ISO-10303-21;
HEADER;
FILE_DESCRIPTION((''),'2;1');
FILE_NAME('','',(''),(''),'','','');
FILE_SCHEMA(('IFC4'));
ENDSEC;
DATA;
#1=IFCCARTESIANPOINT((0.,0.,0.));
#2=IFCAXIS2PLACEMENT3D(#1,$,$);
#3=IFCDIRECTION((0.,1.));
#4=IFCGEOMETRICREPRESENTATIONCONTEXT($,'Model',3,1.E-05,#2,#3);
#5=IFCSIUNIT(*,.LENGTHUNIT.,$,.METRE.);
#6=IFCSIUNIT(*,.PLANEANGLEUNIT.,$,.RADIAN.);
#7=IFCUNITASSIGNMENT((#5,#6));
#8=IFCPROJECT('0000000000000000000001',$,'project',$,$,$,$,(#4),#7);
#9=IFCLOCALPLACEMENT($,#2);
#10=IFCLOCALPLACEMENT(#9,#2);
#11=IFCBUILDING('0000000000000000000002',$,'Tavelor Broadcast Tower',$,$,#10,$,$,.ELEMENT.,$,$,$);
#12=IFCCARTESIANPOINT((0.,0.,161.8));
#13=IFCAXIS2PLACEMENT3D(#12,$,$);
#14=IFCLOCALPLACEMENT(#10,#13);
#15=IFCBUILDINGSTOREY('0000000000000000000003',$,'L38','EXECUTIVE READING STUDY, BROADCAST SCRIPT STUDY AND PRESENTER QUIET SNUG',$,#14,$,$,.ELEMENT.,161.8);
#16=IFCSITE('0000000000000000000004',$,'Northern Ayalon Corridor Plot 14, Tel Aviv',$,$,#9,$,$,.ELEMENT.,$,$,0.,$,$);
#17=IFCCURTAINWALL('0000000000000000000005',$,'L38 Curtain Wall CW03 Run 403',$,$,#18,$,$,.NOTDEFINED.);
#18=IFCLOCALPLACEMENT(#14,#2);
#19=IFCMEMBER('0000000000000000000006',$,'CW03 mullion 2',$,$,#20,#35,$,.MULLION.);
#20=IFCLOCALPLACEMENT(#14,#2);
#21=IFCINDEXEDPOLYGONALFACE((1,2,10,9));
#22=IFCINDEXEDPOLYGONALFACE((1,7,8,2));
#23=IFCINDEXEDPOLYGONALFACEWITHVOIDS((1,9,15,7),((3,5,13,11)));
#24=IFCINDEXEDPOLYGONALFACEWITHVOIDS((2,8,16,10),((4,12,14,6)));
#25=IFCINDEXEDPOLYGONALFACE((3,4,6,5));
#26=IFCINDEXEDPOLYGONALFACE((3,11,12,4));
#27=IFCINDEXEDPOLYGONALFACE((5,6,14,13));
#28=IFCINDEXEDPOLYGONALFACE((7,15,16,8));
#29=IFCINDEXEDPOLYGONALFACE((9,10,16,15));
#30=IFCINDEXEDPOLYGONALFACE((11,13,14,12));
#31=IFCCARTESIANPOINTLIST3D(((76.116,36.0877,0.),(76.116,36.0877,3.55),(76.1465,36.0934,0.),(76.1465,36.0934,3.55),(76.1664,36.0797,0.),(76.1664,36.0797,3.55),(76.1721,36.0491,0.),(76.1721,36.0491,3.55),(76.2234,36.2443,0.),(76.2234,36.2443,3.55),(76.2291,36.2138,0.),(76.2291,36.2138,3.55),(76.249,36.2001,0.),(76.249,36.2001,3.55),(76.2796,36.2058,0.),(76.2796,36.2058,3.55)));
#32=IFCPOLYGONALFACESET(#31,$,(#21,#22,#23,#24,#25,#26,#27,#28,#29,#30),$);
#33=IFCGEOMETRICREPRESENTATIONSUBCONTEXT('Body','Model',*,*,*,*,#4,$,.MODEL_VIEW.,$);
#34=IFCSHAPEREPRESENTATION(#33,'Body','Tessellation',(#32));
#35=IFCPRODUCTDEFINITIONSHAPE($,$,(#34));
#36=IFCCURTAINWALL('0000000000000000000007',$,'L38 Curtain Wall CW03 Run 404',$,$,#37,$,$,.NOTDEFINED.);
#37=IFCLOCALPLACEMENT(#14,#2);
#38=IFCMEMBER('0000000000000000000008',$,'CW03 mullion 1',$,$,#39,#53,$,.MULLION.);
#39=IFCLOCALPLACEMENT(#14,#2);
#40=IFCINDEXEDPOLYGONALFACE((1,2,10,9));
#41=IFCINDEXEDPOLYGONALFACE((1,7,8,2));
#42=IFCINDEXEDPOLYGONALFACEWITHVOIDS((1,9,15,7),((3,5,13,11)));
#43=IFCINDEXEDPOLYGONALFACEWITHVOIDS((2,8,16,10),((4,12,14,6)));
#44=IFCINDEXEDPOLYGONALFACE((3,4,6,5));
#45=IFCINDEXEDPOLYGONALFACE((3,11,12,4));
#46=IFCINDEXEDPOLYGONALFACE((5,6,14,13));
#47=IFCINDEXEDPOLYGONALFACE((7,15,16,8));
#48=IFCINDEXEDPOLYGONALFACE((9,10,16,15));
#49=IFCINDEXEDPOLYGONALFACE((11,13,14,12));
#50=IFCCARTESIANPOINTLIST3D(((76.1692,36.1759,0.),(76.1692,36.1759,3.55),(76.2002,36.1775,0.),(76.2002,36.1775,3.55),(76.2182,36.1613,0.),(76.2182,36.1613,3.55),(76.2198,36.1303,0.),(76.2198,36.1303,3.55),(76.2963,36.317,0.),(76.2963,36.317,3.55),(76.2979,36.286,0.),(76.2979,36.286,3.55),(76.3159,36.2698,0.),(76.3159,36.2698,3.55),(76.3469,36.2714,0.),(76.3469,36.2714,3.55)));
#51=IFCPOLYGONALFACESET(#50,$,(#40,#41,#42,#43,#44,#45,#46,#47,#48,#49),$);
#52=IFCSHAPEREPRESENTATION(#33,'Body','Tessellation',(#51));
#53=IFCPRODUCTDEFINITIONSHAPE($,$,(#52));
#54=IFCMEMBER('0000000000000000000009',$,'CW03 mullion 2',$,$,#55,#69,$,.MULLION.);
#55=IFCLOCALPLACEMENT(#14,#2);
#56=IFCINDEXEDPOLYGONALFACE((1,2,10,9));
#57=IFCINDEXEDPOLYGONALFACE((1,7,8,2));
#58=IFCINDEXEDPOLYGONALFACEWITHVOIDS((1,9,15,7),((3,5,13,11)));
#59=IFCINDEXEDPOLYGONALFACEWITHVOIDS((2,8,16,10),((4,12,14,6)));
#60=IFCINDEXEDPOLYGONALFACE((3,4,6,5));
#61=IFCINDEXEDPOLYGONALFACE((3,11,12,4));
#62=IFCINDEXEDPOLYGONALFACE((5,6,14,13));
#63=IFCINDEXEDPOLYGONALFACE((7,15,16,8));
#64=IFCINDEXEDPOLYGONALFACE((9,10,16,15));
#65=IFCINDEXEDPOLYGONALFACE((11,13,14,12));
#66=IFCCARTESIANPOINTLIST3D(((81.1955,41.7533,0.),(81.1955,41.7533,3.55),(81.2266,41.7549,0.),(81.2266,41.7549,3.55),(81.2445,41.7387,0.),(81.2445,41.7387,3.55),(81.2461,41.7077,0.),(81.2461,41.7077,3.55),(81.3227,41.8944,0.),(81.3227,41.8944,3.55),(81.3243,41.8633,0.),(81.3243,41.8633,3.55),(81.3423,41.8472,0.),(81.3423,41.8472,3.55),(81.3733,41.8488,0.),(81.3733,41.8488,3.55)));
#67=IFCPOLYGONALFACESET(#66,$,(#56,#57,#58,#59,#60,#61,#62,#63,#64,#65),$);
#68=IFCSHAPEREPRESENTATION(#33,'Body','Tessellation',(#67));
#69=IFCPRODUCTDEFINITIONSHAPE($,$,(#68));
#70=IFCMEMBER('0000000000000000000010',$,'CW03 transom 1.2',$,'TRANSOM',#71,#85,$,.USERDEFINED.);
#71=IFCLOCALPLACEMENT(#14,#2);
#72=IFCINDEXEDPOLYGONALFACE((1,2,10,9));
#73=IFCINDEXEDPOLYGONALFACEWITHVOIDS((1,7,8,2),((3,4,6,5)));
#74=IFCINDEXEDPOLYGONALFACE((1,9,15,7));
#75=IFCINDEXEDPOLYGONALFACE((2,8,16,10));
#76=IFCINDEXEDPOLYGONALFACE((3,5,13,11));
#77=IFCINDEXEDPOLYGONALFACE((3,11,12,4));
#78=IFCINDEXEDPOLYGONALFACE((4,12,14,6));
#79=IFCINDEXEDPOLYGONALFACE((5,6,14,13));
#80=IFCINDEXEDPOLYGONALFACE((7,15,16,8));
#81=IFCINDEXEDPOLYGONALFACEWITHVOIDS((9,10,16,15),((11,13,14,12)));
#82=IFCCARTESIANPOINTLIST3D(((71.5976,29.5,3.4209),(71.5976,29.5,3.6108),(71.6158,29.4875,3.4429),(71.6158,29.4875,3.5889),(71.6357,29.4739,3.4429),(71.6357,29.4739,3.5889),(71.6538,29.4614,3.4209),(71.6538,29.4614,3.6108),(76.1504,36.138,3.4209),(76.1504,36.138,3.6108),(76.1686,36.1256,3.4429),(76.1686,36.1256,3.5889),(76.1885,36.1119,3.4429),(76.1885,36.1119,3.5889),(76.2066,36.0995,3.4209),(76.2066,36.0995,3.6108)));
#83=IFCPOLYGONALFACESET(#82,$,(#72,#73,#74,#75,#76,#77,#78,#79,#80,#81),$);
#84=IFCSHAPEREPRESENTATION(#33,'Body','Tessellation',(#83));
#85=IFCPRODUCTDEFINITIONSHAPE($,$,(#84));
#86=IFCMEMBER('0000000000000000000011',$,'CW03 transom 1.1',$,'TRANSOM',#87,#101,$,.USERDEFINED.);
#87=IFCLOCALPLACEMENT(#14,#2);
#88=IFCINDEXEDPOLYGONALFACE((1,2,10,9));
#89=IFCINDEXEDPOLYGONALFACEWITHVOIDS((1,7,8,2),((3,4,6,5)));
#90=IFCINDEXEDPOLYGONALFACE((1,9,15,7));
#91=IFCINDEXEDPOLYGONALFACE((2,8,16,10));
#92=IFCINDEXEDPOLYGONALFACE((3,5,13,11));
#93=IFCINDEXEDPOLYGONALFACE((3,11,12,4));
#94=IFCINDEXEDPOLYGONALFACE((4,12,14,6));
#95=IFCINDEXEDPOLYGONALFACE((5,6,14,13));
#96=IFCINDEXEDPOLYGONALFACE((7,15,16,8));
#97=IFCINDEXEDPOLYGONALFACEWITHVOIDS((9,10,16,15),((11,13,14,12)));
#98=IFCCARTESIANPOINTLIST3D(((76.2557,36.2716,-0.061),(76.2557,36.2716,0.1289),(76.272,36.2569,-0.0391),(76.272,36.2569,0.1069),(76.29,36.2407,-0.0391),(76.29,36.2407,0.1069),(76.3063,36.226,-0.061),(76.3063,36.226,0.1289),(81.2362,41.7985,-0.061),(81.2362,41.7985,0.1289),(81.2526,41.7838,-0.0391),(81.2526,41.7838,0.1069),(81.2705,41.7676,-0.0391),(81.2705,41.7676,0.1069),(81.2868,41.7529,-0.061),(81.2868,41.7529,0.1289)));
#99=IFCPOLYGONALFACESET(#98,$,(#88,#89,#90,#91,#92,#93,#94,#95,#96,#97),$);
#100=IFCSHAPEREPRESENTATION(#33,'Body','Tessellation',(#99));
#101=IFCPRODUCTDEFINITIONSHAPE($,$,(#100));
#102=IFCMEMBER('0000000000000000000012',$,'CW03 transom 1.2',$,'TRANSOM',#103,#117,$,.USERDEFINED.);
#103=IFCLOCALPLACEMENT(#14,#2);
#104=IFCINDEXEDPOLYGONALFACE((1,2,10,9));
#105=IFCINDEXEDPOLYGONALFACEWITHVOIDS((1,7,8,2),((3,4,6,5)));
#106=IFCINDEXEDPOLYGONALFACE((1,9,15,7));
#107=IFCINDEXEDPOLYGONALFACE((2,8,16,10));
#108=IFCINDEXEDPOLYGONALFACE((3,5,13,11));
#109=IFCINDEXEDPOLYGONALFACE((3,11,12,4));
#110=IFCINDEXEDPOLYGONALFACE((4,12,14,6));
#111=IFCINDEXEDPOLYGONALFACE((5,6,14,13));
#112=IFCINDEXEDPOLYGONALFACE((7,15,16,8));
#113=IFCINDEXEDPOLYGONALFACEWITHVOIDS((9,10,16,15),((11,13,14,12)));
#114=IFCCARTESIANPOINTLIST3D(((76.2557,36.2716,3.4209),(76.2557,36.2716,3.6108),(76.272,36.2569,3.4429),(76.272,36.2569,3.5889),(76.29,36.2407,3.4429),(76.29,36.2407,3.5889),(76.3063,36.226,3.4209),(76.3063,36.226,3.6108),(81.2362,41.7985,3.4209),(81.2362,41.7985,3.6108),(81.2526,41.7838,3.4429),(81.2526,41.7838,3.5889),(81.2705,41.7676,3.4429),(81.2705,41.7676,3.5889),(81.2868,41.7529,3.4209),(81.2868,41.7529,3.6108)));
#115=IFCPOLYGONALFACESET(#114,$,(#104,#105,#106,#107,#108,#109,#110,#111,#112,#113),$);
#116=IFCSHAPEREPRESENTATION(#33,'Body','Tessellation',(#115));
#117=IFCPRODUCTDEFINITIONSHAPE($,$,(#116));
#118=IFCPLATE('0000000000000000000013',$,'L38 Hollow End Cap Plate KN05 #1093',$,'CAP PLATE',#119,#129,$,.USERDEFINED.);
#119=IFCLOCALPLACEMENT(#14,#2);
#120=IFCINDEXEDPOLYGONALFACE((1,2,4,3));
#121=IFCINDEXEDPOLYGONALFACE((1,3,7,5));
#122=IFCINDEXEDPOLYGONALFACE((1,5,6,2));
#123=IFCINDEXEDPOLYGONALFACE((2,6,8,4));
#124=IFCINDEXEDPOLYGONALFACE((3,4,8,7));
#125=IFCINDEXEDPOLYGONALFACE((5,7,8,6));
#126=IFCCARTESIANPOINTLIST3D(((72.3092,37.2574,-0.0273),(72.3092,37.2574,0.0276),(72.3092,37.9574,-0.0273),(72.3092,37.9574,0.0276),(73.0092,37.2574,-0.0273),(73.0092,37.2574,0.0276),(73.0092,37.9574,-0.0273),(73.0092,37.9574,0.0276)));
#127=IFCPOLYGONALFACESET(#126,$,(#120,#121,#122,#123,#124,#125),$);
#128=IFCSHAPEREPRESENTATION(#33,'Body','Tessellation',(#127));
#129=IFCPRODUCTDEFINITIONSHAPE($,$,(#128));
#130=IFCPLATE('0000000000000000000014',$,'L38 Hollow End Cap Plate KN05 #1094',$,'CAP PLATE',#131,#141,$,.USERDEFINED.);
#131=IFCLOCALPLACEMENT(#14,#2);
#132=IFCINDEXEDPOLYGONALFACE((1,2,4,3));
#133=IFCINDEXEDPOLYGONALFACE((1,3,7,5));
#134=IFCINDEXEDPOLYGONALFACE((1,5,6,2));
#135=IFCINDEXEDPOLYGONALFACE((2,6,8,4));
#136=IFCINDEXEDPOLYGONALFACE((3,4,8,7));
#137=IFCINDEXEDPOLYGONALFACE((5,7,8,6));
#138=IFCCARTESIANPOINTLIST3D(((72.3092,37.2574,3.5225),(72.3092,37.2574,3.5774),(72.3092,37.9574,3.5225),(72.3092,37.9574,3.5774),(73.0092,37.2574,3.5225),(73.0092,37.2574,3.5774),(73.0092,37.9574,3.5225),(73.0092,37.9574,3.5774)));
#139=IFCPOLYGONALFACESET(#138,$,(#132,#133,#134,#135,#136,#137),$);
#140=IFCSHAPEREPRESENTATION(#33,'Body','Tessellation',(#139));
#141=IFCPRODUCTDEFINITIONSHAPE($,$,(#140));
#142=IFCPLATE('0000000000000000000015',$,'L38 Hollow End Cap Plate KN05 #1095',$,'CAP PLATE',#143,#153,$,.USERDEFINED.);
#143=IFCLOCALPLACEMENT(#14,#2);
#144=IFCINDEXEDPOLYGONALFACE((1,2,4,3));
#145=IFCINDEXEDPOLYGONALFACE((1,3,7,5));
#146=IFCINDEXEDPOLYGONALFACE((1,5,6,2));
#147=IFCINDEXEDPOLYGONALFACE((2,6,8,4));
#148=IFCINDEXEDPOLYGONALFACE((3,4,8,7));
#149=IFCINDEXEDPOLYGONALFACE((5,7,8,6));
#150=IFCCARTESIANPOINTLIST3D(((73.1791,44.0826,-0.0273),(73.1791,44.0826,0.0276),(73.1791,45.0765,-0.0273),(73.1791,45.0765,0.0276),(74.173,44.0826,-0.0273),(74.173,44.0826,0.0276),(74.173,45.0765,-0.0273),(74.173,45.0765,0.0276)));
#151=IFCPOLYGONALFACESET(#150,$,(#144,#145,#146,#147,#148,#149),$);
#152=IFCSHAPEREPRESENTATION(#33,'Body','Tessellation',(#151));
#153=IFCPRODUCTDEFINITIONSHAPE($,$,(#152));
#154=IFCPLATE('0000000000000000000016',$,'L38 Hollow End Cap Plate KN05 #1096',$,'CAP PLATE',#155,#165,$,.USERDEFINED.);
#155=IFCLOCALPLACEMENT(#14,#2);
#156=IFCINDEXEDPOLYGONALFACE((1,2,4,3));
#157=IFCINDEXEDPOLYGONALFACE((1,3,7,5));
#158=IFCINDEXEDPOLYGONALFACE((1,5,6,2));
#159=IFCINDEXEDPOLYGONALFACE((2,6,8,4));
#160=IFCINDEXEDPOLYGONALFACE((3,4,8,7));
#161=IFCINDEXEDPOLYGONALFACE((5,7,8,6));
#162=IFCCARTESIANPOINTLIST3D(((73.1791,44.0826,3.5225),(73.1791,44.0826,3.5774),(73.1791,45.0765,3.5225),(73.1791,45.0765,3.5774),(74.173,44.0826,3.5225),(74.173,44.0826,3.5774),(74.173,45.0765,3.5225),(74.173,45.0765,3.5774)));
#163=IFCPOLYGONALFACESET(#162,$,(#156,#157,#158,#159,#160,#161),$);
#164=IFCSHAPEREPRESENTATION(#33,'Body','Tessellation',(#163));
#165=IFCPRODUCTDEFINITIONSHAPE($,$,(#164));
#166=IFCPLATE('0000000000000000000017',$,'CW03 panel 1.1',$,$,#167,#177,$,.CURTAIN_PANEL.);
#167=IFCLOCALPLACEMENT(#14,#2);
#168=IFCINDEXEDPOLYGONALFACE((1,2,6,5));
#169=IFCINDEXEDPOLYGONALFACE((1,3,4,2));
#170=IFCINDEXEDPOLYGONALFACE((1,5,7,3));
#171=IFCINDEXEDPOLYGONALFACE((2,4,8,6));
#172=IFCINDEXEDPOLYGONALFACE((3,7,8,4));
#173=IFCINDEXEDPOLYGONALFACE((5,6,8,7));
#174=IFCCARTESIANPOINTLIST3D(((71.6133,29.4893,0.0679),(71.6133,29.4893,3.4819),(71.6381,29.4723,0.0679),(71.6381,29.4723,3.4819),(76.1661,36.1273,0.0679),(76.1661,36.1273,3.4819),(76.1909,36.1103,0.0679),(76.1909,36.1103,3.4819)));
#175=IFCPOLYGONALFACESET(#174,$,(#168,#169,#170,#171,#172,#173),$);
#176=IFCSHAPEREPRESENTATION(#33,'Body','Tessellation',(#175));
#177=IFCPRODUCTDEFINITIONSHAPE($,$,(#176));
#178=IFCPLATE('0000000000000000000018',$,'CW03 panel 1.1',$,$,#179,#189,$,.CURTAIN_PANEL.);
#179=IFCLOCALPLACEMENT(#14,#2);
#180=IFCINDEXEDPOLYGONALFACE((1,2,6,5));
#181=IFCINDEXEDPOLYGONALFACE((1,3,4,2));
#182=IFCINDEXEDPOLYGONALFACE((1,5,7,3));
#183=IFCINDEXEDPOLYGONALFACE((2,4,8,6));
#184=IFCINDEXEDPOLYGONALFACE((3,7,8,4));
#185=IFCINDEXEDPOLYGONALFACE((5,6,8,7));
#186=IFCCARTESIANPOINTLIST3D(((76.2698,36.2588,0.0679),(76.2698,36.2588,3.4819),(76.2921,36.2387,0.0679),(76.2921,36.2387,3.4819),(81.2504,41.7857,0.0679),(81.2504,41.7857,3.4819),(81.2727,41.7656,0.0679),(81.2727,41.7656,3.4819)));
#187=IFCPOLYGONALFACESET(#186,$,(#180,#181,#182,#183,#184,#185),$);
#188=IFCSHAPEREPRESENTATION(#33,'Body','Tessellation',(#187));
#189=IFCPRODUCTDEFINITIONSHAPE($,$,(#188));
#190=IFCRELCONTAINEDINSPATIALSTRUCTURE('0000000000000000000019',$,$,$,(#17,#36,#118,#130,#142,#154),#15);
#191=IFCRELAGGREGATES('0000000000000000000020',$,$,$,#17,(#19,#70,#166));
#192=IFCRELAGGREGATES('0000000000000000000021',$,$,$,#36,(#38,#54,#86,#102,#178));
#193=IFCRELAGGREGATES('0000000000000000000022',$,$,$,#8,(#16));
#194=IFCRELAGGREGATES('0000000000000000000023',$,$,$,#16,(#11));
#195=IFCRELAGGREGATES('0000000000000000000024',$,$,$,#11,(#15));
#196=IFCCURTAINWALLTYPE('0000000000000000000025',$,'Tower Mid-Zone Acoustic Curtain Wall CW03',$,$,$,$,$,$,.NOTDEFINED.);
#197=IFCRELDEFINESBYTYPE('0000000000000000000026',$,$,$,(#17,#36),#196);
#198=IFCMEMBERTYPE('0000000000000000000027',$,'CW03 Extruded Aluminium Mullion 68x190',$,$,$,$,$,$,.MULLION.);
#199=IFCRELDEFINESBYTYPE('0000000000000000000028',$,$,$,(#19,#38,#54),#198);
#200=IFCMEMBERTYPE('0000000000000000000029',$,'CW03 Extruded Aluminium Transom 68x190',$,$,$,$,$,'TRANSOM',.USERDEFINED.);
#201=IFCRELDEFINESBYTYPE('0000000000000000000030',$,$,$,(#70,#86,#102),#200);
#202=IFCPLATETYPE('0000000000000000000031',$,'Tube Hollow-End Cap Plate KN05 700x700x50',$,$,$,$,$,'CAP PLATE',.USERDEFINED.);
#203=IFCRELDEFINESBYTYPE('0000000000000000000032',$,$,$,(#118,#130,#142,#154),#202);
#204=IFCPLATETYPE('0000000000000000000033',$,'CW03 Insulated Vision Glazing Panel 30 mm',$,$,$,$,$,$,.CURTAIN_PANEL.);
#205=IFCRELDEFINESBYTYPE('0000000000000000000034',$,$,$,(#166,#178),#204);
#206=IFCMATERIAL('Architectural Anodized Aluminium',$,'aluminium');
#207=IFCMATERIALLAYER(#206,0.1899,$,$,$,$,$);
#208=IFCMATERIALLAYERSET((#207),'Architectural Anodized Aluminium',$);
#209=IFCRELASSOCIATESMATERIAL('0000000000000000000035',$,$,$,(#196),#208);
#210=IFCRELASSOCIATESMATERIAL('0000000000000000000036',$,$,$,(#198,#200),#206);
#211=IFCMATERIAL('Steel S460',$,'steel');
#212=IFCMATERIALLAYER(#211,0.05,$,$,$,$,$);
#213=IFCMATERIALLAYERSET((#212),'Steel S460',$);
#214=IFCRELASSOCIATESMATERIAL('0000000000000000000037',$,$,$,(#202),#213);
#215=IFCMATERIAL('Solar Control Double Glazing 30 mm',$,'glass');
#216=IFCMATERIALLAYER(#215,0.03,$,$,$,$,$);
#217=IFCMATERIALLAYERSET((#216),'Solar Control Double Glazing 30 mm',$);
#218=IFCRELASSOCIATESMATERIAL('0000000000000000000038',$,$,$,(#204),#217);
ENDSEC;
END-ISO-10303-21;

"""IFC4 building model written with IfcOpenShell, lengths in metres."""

from ifc_helpers import new_model, si_unit, direction, frame, origin, origin_2d, place, context, subcontext, project, spatial, rectangle, hollow_rectangle, extrude, source, transform, mapped, material, layer, layer_set, material_profile, profile_set, type_object, type_shapes, element, aggregate, save


model = new_model("IFC4")

# Units and contexts
model_context = context("Model", 3, precision=1e-05, world=origin(), true_north=direction((0.0, 1.0)))
body_context = subcontext(model_context, "Body", "Model", "MODEL_VIEW")
ifc_project = project(units=[si_unit("LENGTHUNIT", "METRE"), si_unit("PLANEANGLEUNIT", "RADIAN")], contexts=[model_context])

# Site, building, storey
site_placement = place(None, origin())
site = spatial("IfcSite", under=ifc_project, at=site_placement, Name="Northern Ayalon Corridor Plot 14, Tel Aviv", CompositionType="ELEMENT", RefElevation=0.0)
building_placement = place(site_placement, origin())
building = spatial("IfcBuilding", under=site, at=building_placement, Name="Tavelor Broadcast Tower", CompositionType="ELEMENT")
storey_placement = place(building_placement, frame((0.0, 0.0, 161.8)))
storey = spatial("IfcBuildingStorey", under=building, at=storey_placement, Name="L38", Description="EXECUTIVE READING STUDY, BROADCAST SCRIPT STUDY AND PRESENTER QUIET SNUG", CompositionType="ELEMENT", Elevation=161.8)

# Shared definitions
ifc_material_1 = material(Name="Steel S460", Category="steel")

# Curtain wall, member
ifc_material_2 = material(Name="Architectural Anodized Aluminium", Category="aluminium")
ifc_layer_1 = layer(ifc_material_2, 0.1899)
ifc_layer_set_1 = layer_set([ifc_layer_1], Name="Architectural Anodized Aluminium")
curtain_wall_type = type_object("IfcCurtainWallType", Name="Tower Mid-Zone Acoustic Curtain Wall CW03", PredefinedType="NOTDEFINED", material=ifc_layer_set_1)
curtain_wall_1_placement = place(storey_placement, origin())
curtain_wall_1 = element("IfcCurtainWall", 1, at=curtain_wall_1_placement, inside=storey, type_object=curtain_wall_type, Name="L38 Curtain Wall CW03 Run 403", PredefinedType="NOTDEFINED")
ifc_material_profile_1 = material_profile(ifc_material_2, hollow_rectangle(XDim=0.0681, YDim=0.1899, WallThickness=0.022, at=origin_2d()), Name="RHS 68x190x22")
ifc_profile_set_1 = profile_set([ifc_material_profile_1], Name="Architectural Anodized Aluminium")
member_type_1 = type_object("IfcMemberType", Name="CW03 Extruded Aluminium Mullion 68x190", PredefinedType="MULLION", material=ifc_profile_set_1)
shared_shape_1 = source(origin(), body_context, "Body", "SweptSolid", [
    extrude(hollow_rectangle(XDim=0.0681, YDim=0.1899, WallThickness=0.022, at=origin_2d()), origin(), (0.0, 0.0, 1.0), 3.55),
])
type_shapes(member_type_1, [shared_shape_1])
member_1_placement = place(storey_placement, frame((76.1978, 36.1467, 0.0), z_axis=(0.0, 0.0, 1.0), x_axis=(-0.824668, 0.565616, 0.0)))
member_1 = element("IfcMember", 2, at=member_1_placement, type_object=member_type_1, Name="CW03 mullion 2", PredefinedType="MULLION", context=body_context, shape_type="MappedRepresentation", body=[
    mapped(shared_shape_1, transform((0.0, 0.0, 0.0), scale=1.0)),
])

# Curtain wall, members
curtain_wall_2_placement = place(storey_placement, origin())
curtain_wall_2 = element("IfcCurtainWall", 3, at=curtain_wall_2_placement, inside=storey, type_object=curtain_wall_type, Name="L38 Curtain Wall CW03 Run 404", PredefinedType="NOTDEFINED")
member_2_placement = place(storey_placement, frame((76.2581, 36.2236, 0.0), z_axis=(0.0, 0.0, 1.0), x_axis=(-0.742861, 0.669445, 0.0)))
member_2 = element("IfcMember", 4, at=member_2_placement, type_object=member_type_1, Name="CW03 mullion 1", PredefinedType="MULLION", context=body_context, shape_type="MappedRepresentation", body=[
    mapped(shared_shape_1, transform((0.0, 0.0, 0.0), scale=1.0)),
])
member_3_placement = place(storey_placement, frame((81.2844, 41.801, 0.0), z_axis=(0.0, 0.0, 1.0), x_axis=(-0.742861, 0.669445, 0.0)))
member_3 = element("IfcMember", 5, at=member_3_placement, type_object=member_type_1, Name="CW03 mullion 2", PredefinedType="MULLION", context=body_context, shape_type="MappedRepresentation", body=[
    mapped(shared_shape_1, transform((0.0, 0.0, 0.0), scale=1.0)),
])

# Members
ifc_material_profile_2 = material_profile(ifc_material_2, hollow_rectangle(XDim=0.0681, YDim=0.1899, WallThickness=0.022, at=origin_2d()), Name="RHS 68x190x22")
ifc_profile_set_2 = profile_set([ifc_material_profile_2], Name="Architectural Anodized Aluminium")
member_type_2 = type_object("IfcMemberType", Name="CW03 Extruded Aluminium Transom 68x190", ElementType="TRANSOM", PredefinedType="USERDEFINED", material=ifc_profile_set_2)
shared_shape_2 = source(origin(), body_context, "Body", "SweptSolid", [
    extrude(hollow_rectangle(XDim=0.0681, YDim=0.1899, WallThickness=0.022, at=origin_2d()), origin(), (0.0, 0.0, 1.0), 8.0493),
])
member_4_placement = place(storey_placement, frame((71.6257, 29.4807, 3.5159), z_axis=(0.565613, 0.824671, 0.0), x_axis=(-0.824671, 0.565613, 0.0)))
member_4 = element("IfcMember", 6, at=member_4_placement, type_object=member_type_2, Name="CW03 transom 1.2", ObjectType="TRANSOM", PredefinedType="USERDEFINED", context=body_context, shape_type="MappedRepresentation", body=[
    mapped(shared_shape_2, transform((0.0, 0.0, 0.0), scale=1.0)),
])
shared_shape_3 = source(origin(), body_context, "Body", "SweptSolid", [
    extrude(hollow_rectangle(XDim=0.0681, YDim=0.1899, WallThickness=0.022, at=origin_2d()), origin(), (0.0, 0.0, 1.0), 7.4399),
])
type_shapes(member_type_2, [shared_shape_2, shared_shape_3])
member_5_placement = place(storey_placement, frame((76.281, 36.2488, 0.0339), z_axis=(0.669432, 0.742873, 0.0), x_axis=(-0.742873, 0.669432, 0.0)))
member_5 = element("IfcMember", 7, at=member_5_placement, type_object=member_type_2, Name="CW03 transom 1.1", ObjectType="TRANSOM", PredefinedType="USERDEFINED", context=body_context, shape_type="MappedRepresentation", body=[
    mapped(shared_shape_3, transform((0.0, 0.0, 0.0), scale=1.0)),
])
member_6_placement = place(storey_placement, frame((76.281, 36.2488, 3.5159), z_axis=(0.669432, 0.742873, 0.0), x_axis=(-0.742873, 0.669432, 0.0)))
member_6 = element("IfcMember", 8, at=member_6_placement, type_object=member_type_2, Name="CW03 transom 1.2", ObjectType="TRANSOM", PredefinedType="USERDEFINED", context=body_context, shape_type="MappedRepresentation", body=[
    mapped(shared_shape_3, transform((0.0, 0.0, 0.0), scale=1.0)),
])

# Plates
ifc_layer_2 = layer(ifc_material_1, 0.05)
ifc_layer_set_2 = layer_set([ifc_layer_2], Name="Steel S460")
plate_type_1 = type_object("IfcPlateType", Name="Tube Hollow-End Cap Plate KN05 700x700x50", ElementType="CAP PLATE", PredefinedType="USERDEFINED", material=ifc_layer_set_2)
shared_shape_4 = source(origin(), body_context, "Body", "SweptSolid", [
    extrude(rectangle(XDim=0.7, YDim=0.7, at=origin_2d()), origin(), (0.0, 0.0, 1.0), 0.0549),
])
for number, where, z_axis, x_axis, name in (
    (9, (72.6592, 37.6074, -0.0273), (0.0, 0.0, 1.0), (1.0, 0.0, 0.0), "L38 Hollow End Cap Plate KN05 #1093"),
    (10, (72.6592, 37.6074, 3.5225), (0.0, 0.0, 1.0), (1.0, 0.0, 0.0), "L38 Hollow End Cap Plate KN05 #1094"),
):
    element("IfcPlate", number, at=place(storey_placement, frame(where, z_axis=z_axis, x_axis=x_axis)), inside=storey, type_object=plate_type_1, Name=name, ObjectType="CAP PLATE", PredefinedType="USERDEFINED", context=body_context, shape_type="MappedRepresentation", body=[
        mapped(shared_shape_4, transform((0.0, 0.0, 0.0), scale=1.0)),
    ])
shared_shape_5 = source(origin(), body_context, "Body", "SweptSolid", [
    extrude(rectangle(XDim=0.9939, YDim=0.9939, at=origin_2d()), origin(), (0.0, 0.0, 1.0), 0.0549),
])
type_shapes(plate_type_1, [shared_shape_4, shared_shape_5])
for number, where, z_axis, x_axis, name in (
    (11, (73.676, 44.5796, -0.0273), (0.0, 0.0, 1.0), (1.0, 0.0, 0.0), "L38 Hollow End Cap Plate KN05 #1095"),
    (12, (73.676, 44.5796, 3.5225), (0.0, 0.0, 1.0), (1.0, 0.0, 0.0), "L38 Hollow End Cap Plate KN05 #1096"),
):
    element("IfcPlate", number, at=place(storey_placement, frame(where, z_axis=z_axis, x_axis=x_axis)), inside=storey, type_object=plate_type_1, Name=name, ObjectType="CAP PLATE", PredefinedType="USERDEFINED", context=body_context, shape_type="MappedRepresentation", body=[
        mapped(shared_shape_5, transform((0.0, 0.0, 0.0), scale=1.0)),
    ])

# Plates
ifc_material_3 = material(Name="Solar Control Double Glazing 30 mm", Category="glass")
ifc_layer_3 = layer(ifc_material_3, 0.03)
ifc_layer_set_3 = layer_set([ifc_layer_3], Name="Solar Control Double Glazing 30 mm")
plate_type_2 = type_object("IfcPlateType", Name="CW03 Insulated Vision Glazing Panel 30 mm", PredefinedType="CURTAIN_PANEL", material=ifc_layer_set_3)
shared_shape_6 = source(origin(), body_context, "Body", "SweptSolid", [
    extrude(rectangle(XDim=8.0493, YDim=0.03, at=origin_2d()), origin(), (0.0, 0.0, 1.0), 3.4141),
])
plate_1_placement = place(storey_placement, frame((73.9021, 32.7998, 0.0679), z_axis=(0.0, 0.0, 1.0), x_axis=(0.565616, 0.824668, 0.0)))
plate_1 = element("IfcPlate", 13, at=plate_1_placement, type_object=plate_type_2, Name="CW03 panel 1.1", PredefinedType="CURTAIN_PANEL", context=body_context, shape_type="MappedRepresentation", body=[
    mapped(shared_shape_6, transform((0.0, 0.0, 0.0), scale=1.0)),
])
aggregate(curtain_wall_1, [member_1, member_4, plate_1])
shared_shape_7 = source(origin(), body_context, "Body", "SweptSolid", [
    extrude(rectangle(XDim=7.4399, YDim=0.03, at=origin_2d()), origin(), (0.0, 0.0, 1.0), 3.4141),
])
type_shapes(plate_type_2, [shared_shape_6, shared_shape_7])
plate_2_placement = place(storey_placement, frame((78.7712, 39.0122, 0.0679), z_axis=(0.0, 0.0, 1.0), x_axis=(0.669445, 0.742861, 0.0)))
plate_2 = element("IfcPlate", 14, at=plate_2_placement, type_object=plate_type_2, Name="CW03 panel 1.1", PredefinedType="CURTAIN_PANEL", context=body_context, shape_type="MappedRepresentation", body=[
    mapped(shared_shape_7, transform((0.0, 0.0, 0.0), scale=1.0)),
])
aggregate(curtain_wall_2, [member_2, member_3, member_5, member_6, plate_2])

save(model, "model.ifc")
